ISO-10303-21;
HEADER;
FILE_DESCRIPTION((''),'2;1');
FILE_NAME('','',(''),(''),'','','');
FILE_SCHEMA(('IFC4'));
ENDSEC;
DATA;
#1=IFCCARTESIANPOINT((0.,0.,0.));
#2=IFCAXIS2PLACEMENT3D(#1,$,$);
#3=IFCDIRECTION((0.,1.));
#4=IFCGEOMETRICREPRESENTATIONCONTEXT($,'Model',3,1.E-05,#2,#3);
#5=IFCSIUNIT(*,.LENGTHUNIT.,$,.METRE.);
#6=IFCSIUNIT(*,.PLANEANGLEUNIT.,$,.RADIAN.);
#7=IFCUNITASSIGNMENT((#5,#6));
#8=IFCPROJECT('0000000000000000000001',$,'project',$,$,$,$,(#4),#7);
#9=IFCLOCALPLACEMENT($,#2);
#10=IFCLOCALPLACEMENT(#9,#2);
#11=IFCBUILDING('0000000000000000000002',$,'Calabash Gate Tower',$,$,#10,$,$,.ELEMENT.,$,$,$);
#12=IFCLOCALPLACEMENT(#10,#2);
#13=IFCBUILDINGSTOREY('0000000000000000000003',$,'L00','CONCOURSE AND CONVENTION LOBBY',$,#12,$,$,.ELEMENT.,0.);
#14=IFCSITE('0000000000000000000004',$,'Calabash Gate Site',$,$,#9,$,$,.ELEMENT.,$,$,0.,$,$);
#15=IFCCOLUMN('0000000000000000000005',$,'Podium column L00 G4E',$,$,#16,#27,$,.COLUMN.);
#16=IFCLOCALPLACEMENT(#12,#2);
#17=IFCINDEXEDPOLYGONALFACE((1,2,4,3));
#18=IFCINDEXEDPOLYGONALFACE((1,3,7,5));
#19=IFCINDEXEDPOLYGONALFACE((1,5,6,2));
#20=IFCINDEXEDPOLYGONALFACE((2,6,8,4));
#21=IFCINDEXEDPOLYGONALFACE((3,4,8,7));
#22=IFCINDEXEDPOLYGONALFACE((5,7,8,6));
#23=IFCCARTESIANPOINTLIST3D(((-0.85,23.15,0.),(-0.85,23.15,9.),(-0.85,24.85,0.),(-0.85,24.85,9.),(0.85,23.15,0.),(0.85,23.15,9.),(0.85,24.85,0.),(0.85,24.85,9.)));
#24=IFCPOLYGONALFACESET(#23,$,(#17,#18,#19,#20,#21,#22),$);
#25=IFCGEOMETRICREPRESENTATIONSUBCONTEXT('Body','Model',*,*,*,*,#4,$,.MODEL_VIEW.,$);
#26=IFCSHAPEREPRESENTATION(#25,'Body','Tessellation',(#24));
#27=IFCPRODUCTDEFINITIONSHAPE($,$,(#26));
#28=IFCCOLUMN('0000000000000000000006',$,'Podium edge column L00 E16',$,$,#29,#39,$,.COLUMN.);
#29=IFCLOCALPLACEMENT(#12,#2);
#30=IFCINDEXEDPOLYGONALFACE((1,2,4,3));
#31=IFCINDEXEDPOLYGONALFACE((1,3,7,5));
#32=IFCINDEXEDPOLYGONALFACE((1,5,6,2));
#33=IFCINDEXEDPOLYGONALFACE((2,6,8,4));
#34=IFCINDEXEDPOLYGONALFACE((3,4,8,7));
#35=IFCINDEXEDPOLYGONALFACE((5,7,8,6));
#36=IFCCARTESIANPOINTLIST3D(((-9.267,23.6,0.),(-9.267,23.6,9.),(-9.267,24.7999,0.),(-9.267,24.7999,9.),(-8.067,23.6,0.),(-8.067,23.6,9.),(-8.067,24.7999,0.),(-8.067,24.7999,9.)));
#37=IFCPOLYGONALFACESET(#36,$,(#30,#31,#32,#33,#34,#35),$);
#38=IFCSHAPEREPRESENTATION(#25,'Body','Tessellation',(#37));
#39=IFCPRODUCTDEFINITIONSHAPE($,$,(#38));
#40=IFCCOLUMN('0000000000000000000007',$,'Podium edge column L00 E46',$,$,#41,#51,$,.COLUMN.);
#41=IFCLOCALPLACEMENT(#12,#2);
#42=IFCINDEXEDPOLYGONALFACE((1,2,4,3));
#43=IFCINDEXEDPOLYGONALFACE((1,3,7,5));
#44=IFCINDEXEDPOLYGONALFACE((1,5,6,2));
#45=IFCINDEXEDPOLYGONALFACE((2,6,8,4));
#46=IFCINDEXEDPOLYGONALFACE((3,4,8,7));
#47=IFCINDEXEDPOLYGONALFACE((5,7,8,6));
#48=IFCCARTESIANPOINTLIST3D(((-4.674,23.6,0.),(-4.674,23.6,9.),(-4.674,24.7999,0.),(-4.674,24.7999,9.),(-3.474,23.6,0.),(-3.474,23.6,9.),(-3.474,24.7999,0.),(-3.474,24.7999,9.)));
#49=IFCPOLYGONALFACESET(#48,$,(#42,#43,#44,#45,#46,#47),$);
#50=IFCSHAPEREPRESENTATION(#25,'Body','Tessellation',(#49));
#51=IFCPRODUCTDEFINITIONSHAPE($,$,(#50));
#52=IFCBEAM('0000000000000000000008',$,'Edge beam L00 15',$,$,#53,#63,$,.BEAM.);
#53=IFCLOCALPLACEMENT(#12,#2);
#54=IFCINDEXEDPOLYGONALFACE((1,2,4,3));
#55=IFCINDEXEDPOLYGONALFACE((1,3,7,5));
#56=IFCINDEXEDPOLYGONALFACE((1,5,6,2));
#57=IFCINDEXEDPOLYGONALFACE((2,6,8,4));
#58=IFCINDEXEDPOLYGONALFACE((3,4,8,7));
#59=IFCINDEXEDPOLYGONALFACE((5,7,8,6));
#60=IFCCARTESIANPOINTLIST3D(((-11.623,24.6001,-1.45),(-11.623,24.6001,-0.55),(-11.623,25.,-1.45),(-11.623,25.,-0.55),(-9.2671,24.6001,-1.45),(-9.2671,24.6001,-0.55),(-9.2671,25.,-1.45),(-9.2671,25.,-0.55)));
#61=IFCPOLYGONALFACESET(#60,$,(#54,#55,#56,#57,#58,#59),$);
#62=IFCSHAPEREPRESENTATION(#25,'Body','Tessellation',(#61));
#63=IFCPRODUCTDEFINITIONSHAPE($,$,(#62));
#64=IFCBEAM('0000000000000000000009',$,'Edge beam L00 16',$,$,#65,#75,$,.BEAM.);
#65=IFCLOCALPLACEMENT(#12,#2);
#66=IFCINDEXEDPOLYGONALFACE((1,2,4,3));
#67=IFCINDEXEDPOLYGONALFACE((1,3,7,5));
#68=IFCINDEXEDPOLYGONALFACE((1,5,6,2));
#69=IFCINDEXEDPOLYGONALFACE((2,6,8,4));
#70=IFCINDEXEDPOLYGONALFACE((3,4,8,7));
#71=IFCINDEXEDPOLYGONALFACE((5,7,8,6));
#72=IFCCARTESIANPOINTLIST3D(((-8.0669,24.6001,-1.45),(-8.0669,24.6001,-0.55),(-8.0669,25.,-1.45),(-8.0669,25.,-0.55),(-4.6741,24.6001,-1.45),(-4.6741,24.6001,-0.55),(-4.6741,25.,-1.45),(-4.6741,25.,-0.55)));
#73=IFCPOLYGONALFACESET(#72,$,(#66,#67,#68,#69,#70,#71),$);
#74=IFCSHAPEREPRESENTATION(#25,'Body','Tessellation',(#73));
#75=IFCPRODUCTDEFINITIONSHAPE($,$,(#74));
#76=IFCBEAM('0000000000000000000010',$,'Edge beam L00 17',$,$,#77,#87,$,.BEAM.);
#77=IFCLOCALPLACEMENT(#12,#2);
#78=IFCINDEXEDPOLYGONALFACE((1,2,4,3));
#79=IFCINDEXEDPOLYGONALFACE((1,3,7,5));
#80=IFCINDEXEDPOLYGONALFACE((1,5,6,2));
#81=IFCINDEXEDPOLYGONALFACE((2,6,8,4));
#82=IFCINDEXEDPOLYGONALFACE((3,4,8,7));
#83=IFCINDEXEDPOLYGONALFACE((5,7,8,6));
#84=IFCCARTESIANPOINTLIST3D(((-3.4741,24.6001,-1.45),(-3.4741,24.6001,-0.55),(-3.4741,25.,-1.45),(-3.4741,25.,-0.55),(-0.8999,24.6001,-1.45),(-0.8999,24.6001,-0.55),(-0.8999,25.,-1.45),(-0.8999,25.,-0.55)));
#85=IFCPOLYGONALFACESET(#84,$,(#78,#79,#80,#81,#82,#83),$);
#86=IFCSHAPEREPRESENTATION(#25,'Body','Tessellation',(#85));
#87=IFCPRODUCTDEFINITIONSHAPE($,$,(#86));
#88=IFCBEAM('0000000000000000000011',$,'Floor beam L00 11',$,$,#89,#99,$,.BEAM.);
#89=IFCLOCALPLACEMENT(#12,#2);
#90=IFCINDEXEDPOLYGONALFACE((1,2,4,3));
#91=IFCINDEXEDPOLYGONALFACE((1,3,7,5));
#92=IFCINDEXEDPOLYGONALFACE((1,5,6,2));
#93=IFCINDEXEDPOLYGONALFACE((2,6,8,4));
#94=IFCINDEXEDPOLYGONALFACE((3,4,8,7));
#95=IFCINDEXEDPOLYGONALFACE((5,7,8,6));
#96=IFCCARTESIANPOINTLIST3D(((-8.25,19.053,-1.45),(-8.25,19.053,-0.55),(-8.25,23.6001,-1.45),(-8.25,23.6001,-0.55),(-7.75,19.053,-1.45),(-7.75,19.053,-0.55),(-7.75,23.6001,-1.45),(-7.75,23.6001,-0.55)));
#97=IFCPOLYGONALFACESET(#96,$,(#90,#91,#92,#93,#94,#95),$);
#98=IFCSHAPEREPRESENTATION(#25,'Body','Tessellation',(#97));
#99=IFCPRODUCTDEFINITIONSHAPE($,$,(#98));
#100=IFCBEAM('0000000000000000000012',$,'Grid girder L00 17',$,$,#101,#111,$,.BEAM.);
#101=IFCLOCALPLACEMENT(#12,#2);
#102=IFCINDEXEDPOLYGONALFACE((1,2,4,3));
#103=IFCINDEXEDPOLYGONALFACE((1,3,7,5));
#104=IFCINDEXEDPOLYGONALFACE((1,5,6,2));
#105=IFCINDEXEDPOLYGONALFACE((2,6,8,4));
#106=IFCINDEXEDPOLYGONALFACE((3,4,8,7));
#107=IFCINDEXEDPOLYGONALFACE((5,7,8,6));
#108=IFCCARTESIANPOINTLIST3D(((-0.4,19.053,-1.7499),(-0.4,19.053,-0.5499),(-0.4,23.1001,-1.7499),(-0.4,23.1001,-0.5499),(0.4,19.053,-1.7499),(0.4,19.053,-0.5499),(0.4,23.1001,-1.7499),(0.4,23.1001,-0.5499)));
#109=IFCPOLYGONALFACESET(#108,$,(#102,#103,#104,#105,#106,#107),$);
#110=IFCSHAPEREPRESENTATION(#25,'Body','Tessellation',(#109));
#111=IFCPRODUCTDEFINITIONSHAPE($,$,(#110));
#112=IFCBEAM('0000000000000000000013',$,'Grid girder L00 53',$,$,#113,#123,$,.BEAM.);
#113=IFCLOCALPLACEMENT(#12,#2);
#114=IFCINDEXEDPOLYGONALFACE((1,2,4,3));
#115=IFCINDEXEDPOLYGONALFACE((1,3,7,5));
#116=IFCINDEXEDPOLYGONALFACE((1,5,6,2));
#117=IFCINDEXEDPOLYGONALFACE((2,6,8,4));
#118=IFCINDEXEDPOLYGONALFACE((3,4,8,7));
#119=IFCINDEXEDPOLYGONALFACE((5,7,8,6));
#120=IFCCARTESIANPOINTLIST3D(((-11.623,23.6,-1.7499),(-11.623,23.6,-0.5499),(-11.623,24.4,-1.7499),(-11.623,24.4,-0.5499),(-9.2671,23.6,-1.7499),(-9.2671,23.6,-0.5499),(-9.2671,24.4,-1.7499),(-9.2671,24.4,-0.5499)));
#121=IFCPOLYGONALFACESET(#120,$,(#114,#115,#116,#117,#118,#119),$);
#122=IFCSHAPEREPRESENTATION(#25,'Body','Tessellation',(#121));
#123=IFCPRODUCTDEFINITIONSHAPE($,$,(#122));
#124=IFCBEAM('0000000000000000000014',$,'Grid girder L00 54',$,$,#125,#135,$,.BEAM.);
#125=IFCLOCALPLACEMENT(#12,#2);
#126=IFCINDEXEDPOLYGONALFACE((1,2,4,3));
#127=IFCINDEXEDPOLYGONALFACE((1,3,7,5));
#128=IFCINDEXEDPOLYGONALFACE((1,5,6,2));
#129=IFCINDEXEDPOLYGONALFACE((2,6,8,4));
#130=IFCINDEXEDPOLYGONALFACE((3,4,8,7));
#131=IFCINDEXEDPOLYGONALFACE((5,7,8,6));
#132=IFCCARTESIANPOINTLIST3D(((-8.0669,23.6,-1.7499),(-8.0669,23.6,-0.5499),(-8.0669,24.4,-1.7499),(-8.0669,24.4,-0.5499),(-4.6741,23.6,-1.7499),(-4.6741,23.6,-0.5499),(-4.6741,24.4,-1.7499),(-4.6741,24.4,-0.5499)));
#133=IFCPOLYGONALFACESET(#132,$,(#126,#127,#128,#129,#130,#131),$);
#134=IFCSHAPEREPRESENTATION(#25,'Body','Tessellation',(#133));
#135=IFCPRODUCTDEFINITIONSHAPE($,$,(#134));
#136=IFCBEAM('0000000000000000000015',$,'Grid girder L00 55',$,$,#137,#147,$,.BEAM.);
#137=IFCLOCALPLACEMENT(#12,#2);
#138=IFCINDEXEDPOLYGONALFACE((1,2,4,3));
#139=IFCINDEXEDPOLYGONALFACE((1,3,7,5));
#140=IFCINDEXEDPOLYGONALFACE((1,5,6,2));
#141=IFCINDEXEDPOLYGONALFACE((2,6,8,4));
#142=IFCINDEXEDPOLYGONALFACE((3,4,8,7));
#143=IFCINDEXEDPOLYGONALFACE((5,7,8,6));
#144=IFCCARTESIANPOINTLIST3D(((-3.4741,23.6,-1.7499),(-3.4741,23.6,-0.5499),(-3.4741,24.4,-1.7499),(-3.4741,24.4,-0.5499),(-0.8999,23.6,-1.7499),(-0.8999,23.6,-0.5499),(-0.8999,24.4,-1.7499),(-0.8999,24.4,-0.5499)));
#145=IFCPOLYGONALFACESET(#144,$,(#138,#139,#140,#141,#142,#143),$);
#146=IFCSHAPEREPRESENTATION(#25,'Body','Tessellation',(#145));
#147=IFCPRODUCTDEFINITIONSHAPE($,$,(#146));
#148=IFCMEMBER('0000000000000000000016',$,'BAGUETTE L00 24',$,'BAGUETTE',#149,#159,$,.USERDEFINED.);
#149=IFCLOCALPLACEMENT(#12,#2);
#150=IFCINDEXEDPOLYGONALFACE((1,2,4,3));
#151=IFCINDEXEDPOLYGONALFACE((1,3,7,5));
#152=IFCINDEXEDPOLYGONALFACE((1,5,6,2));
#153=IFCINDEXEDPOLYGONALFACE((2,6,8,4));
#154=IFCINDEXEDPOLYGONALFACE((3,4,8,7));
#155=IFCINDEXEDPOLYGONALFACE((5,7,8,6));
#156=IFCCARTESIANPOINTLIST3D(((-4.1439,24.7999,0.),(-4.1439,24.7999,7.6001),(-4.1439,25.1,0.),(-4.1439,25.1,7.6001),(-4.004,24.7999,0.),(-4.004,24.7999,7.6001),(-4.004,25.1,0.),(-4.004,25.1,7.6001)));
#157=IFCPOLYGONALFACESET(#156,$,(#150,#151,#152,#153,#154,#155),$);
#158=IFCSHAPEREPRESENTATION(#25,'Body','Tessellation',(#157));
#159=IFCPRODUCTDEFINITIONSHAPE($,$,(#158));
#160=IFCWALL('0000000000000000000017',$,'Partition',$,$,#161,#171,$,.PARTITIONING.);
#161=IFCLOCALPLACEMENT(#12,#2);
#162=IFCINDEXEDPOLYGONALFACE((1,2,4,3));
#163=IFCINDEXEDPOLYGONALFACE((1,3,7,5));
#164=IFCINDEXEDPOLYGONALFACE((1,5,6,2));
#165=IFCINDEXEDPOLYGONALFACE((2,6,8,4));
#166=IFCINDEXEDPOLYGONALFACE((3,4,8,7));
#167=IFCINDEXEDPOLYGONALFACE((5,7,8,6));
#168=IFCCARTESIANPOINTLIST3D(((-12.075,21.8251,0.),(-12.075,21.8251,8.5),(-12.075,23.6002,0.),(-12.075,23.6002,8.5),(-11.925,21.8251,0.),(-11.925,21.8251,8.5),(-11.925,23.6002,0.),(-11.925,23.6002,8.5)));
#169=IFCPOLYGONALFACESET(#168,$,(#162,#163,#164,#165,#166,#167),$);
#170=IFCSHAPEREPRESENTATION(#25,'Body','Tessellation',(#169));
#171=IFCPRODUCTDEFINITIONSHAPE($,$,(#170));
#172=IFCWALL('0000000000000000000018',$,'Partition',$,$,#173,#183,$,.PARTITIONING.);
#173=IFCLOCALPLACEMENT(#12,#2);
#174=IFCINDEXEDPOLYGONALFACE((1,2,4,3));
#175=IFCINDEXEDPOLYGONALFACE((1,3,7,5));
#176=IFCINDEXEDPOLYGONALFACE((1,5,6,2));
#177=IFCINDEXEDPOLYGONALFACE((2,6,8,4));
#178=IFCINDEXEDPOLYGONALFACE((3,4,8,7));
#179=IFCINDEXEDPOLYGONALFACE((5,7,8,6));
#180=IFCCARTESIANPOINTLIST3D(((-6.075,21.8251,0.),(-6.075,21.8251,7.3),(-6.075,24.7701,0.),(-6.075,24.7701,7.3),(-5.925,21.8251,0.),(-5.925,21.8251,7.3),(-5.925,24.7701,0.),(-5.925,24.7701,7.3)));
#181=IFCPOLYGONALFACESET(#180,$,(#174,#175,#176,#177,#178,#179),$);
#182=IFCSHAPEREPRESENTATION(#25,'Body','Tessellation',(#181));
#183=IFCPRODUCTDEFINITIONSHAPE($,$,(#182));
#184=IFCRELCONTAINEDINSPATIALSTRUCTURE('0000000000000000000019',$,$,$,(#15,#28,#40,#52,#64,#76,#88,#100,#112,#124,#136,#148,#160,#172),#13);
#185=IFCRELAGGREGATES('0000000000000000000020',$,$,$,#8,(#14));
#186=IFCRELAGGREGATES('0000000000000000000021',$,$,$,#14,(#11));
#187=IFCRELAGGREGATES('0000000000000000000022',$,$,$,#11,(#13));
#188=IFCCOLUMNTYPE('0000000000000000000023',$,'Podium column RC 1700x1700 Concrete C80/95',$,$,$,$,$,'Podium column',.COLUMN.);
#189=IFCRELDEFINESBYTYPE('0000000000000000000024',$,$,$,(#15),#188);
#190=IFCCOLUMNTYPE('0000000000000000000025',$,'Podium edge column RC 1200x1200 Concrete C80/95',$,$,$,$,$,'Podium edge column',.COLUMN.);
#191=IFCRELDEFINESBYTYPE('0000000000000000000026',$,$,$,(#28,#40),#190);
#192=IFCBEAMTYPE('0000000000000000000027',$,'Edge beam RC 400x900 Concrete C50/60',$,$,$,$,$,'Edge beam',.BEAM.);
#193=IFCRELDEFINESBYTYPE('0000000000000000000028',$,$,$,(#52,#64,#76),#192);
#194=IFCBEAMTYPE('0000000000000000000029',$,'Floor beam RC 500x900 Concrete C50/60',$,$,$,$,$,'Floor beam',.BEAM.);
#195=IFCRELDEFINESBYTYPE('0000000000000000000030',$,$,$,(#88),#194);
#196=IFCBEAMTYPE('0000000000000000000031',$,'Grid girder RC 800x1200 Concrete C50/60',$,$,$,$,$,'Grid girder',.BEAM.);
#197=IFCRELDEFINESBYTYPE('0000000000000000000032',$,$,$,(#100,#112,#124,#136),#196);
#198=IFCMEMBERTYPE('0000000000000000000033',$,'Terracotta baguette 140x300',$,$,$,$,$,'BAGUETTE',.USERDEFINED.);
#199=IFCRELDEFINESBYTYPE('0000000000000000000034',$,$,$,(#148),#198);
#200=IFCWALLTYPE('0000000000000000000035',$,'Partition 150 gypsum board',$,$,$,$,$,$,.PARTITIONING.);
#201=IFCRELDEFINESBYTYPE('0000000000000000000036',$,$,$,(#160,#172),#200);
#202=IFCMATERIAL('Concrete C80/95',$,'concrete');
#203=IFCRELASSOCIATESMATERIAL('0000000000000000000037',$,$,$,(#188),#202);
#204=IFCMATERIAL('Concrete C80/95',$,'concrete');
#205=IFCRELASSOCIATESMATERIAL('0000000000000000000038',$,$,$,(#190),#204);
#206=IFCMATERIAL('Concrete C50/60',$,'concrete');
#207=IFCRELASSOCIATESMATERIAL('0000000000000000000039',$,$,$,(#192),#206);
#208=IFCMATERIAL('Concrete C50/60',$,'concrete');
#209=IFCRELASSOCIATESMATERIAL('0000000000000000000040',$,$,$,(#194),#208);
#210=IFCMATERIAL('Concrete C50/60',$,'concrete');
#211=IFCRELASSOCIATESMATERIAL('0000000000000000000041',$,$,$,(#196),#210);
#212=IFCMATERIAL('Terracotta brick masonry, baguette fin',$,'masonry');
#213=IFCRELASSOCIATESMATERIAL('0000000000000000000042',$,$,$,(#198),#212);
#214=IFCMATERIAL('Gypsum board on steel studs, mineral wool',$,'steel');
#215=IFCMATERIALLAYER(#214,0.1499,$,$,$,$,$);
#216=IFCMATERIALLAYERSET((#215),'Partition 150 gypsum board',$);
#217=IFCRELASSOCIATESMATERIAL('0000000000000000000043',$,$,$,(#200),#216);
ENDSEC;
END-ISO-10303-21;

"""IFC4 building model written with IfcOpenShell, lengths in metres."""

from ifc_helpers import new_model, si_unit, direction, frame, frame_2d, origin, origin_2d, place, context, subcontext, project, spatial, rectangle, extrude, material, layer, layer_set, material_profile, profile_set, type_object, element, save


model = new_model("IFC4")

# Units and contexts
model_context = context("Model", 3, precision=1e-05, world=origin(), true_north=direction((0.0, 1.0)))
body_context = subcontext(model_context, "Body", "Model", "MODEL_VIEW")
ifc_project = project(units=[si_unit("LENGTHUNIT", "METRE"), si_unit("PLANEANGLEUNIT", "RADIAN")], contexts=[model_context])

# Site, building, storey
site_placement = place(None, origin())
site = spatial("IfcSite", under=ifc_project, at=site_placement, Name="Calabash Gate Site", CompositionType="ELEMENT", RefElevation=0.0)
building_placement = place(site_placement, origin())
building = spatial("IfcBuilding", under=site, at=building_placement, Name="Calabash Gate Tower", CompositionType="ELEMENT")
storey_placement = place(building_placement, origin())
storey = spatial("IfcBuildingStorey", under=building, at=storey_placement, Name="L00", Description="CONCOURSE AND CONVENTION LOBBY", CompositionType="ELEMENT", Elevation=0.0)

# Columns
ifc_material_1 = material(Name="Concrete C80/95", Category="concrete")
ifc_material_profile_1 = material_profile(ifc_material_1, rectangle(XDim=1.7, YDim=1.7, at=origin_2d()))
ifc_profile_set_1 = profile_set([ifc_material_profile_1], Name="Concrete C80/95")
column_type_1 = type_object("IfcColumnType", Name="Podium column RC 1700x1700 Concrete C80/95", ElementType="Podium column", PredefinedType="COLUMN", material=ifc_profile_set_1)
column_placement = place(storey_placement, frame((0.0, 24.0, 0.0), z_axis=(0.0, 0.0, 1.0), x_axis=(1.0, 0.0, 0.0)))
element("IfcColumn", 1, at=column_placement, inside=storey, type_object=column_type_1, Name="Podium column L00 G4E", PredefinedType="COLUMN", context=body_context, shape_type="SweptSolid", body=[
    extrude(rectangle(XDim=1.7, YDim=1.7, at=origin_2d()), origin(), (0.0, 0.0, 1.0), 9.0),
])
ifc_material_2 = material(Name="Concrete C80/95", Category="concrete")
ifc_material_profile_2 = material_profile(ifc_material_2, rectangle(XDim=1.2, YDim=1.2, at=origin_2d()))
ifc_profile_set_2 = profile_set([ifc_material_profile_2], Name="Concrete C80/95")
column_type_2 = type_object("IfcColumnType", Name="Podium edge column RC 1200x1200 Concrete C80/95", ElementType="Podium edge column", PredefinedType="COLUMN", material=ifc_profile_set_2)
for number, where, z_axis, x_axis, name in (
    (2, (-8.667, 24.2, 0.0), (0.0, 0.0, 1.0), (1.0, 0.0, 0.0), "Podium edge column L00 E16"),
    (3, (-4.074, 24.2, 0.0), (0.0, 0.0, 1.0), (1.0, 0.0, 0.0), "Podium edge column L00 E46"),
):
    element("IfcColumn", number, at=place(storey_placement, frame(where, z_axis=z_axis, x_axis=x_axis)), inside=storey, type_object=column_type_2, Name=name, PredefinedType="COLUMN", context=body_context, shape_type="SweptSolid", body=[
        extrude(rectangle(XDim=1.2, YDim=1.2, at=origin_2d()), origin(), (0.0, 0.0, 1.0), 9.0),
    ])

# Beams
ifc_material_3 = material(Name="Concrete C50/60", Category="concrete")
ifc_material_profile_3 = material_profile(ifc_material_3, rectangle(XDim=0.3999, YDim=0.8999, at=origin_2d()))
ifc_profile_set_3 = profile_set([ifc_material_profile_3], Name="Concrete C50/60")
beam_type_1 = type_object("IfcBeamType", Name="Edge beam RC 400x900 Concrete C50/60", ElementType="Edge beam", PredefinedType="BEAM", material=ifc_profile_set_3)
beam_1_placement = place(storey_placement, frame((-11.623, 24.8, -1.0), z_axis=(1.0, 0.0, 0.0), x_axis=(0.0, 1.0, 0.0)))
element("IfcBeam", 4, at=beam_1_placement, inside=storey, type_object=beam_type_1, Name="Edge beam L00 15", PredefinedType="BEAM", context=body_context, shape_type="SweptSolid", body=[
    extrude(rectangle(XDim=0.3999, YDim=0.8999, at=origin_2d()), origin(), (0.0, 0.0, 1.0), 2.356),
])
beam_2_placement = place(storey_placement, frame((-8.0669, 24.8, -1.0), z_axis=(1.0, 0.0, 0.0), x_axis=(0.0, 1.0, 0.0)))
element("IfcBeam", 5, at=beam_2_placement, inside=storey, type_object=beam_type_1, Name="Edge beam L00 16", PredefinedType="BEAM", context=body_context, shape_type="SweptSolid", body=[
    extrude(rectangle(XDim=0.3999, YDim=0.8999, at=origin_2d()), origin(), (0.0, 0.0, 1.0), 3.3928),
])
beam_3_placement = place(storey_placement, frame((-3.4741, 24.8, -1.0), z_axis=(1.0, 0.0, 0.0), x_axis=(0.0, 1.0, 0.0)))
element("IfcBeam", 6, at=beam_3_placement, inside=storey, type_object=beam_type_1, Name="Edge beam L00 17", PredefinedType="BEAM", context=body_context, shape_type="SweptSolid", body=[
    extrude(rectangle(XDim=0.3999, YDim=0.8999, at=origin_2d()), origin(), (0.0, 0.0, 1.0), 2.5742),
])
ifc_material_4 = material(Name="Concrete C50/60", Category="concrete")
ifc_material_profile_4 = material_profile(ifc_material_4, rectangle(XDim=0.5, YDim=0.8999, at=origin_2d()))
ifc_profile_set_4 = profile_set([ifc_material_profile_4], Name="Concrete C50/60")
beam_type_2 = type_object("IfcBeamType", Name="Floor beam RC 500x900 Concrete C50/60", ElementType="Floor beam", PredefinedType="BEAM", material=ifc_profile_set_4)
beam_4_placement = place(storey_placement, frame((-8.0, 19.053, -1.0), z_axis=(0.0, 1.0, 0.0), x_axis=(-1.0, 0.0, 0.0)))
element("IfcBeam", 7, at=beam_4_placement, inside=storey, type_object=beam_type_2, Name="Floor beam L00 11", PredefinedType="BEAM", context=body_context, shape_type="SweptSolid", body=[
    extrude(rectangle(XDim=0.5, YDim=0.8999, at=origin_2d()), origin(), (0.0, 0.0, 1.0), 4.5471),
])
ifc_material_5 = material(Name="Concrete C50/60", Category="concrete")
ifc_material_profile_5 = material_profile(ifc_material_5, rectangle(XDim=0.8, YDim=1.2, at=origin_2d()))
ifc_profile_set_5 = profile_set([ifc_material_profile_5], Name="Concrete C50/60")
beam_type_3 = type_object("IfcBeamType", Name="Grid girder RC 800x1200 Concrete C50/60", ElementType="Grid girder", PredefinedType="BEAM", material=ifc_profile_set_5)
beam_5_placement = place(storey_placement, frame((0.0, 19.053, -1.1499), z_axis=(0.0, 1.0, 0.0), x_axis=(-1.0, 0.0, 0.0)))
element("IfcBeam", 8, at=beam_5_placement, inside=storey, type_object=beam_type_3, Name="Grid girder L00 17", PredefinedType="BEAM", context=body_context, shape_type="SweptSolid", body=[
    extrude(rectangle(XDim=0.8, YDim=1.2, at=origin_2d()), origin(), (0.0, 0.0, 1.0), 4.0471),
])
beam_6_placement = place(storey_placement, frame((-11.623, 24.0, -1.1499), z_axis=(1.0, 0.0, 0.0), x_axis=(0.0, 1.0, 0.0)))
element("IfcBeam", 9, at=beam_6_placement, inside=storey, type_object=beam_type_3, Name="Grid girder L00 53", PredefinedType="BEAM", context=body_context, shape_type="SweptSolid", body=[
    extrude(rectangle(XDim=0.8, YDim=1.2, at=origin_2d()), origin(), (0.0, 0.0, 1.0), 2.356),
])
beam_7_placement = place(storey_placement, frame((-8.0669, 24.0, -1.1499), z_axis=(1.0, 0.0, 0.0), x_axis=(0.0, 1.0, 0.0)))
element("IfcBeam", 10, at=beam_7_placement, inside=storey, type_object=beam_type_3, Name="Grid girder L00 54", PredefinedType="BEAM", context=body_context, shape_type="SweptSolid", body=[
    extrude(rectangle(XDim=0.8, YDim=1.2, at=origin_2d()), origin(), (0.0, 0.0, 1.0), 3.3928),
])
beam_8_placement = place(storey_placement, frame((-3.4741, 24.0, -1.1499), z_axis=(1.0, 0.0, 0.0), x_axis=(0.0, 1.0, 0.0)))
element("IfcBeam", 11, at=beam_8_placement, inside=storey, type_object=beam_type_3, Name="Grid girder L00 55", PredefinedType="BEAM", context=body_context, shape_type="SweptSolid", body=[
    extrude(rectangle(XDim=0.8, YDim=1.2, at=origin_2d()), origin(), (0.0, 0.0, 1.0), 2.5742),
])

# Member
ifc_material_6 = material(Name="Terracotta brick masonry, baguette fin", Category="masonry")
ifc_material_profile_6 = material_profile(ifc_material_6, rectangle(XDim=0.1399, YDim=0.3, at=origin_2d()))
ifc_profile_set_6 = profile_set([ifc_material_profile_6], Name="Terracotta brick masonry, baguette fin")
member_type = type_object("IfcMemberType", Name="Terracotta baguette 140x300", ElementType="BAGUETTE", PredefinedType="USERDEFINED", material=ifc_profile_set_6)
member_placement = place(storey_placement, frame((-4.074, 24.95, 0.0), z_axis=(0.0, 0.0, 1.0), x_axis=(-1.0, 0.0, 0.0)))
element("IfcMember", 12, at=member_placement, inside=storey, type_object=member_type, Name="BAGUETTE L00 24", ObjectType="BAGUETTE", PredefinedType="USERDEFINED", context=body_context, shape_type="SweptSolid", body=[
    extrude(rectangle(XDim=0.1399, YDim=0.3, at=origin_2d()), origin(), (0.0, 0.0, 1.0), 7.6001),
])

# Walls
ifc_material_7 = material(Name="Gypsum board on steel studs, mineral wool", Category="steel")
ifc_layer = layer(ifc_material_7, 0.1499)
ifc_layer_set = layer_set([ifc_layer], Name="Partition 150 gypsum board")
wall_type = type_object("IfcWallType", Name="Partition 150 gypsum board", PredefinedType="PARTITIONING", material=ifc_layer_set)
wall_1_placement = place(storey_placement, frame((-12.0, 21.825, 0.0), z_axis=(0.0, 0.0, 1.0), x_axis=(0.0, 1.0, 0.0)))
element("IfcWall", 13, at=wall_1_placement, inside=storey, type_object=wall_type, Name="Partition", PredefinedType="PARTITIONING", context=body_context, shape_type="SweptSolid", body=[
    extrude(rectangle(XDim=1.7751, YDim=0.1499, at=frame_2d((0.8877, 0.0))), origin(), (0.0, 0.0, 1.0), 8.5),
])
wall_2_placement = place(storey_placement, frame((-6.0, 21.825, 0.0), z_axis=(0.0, 0.0, 1.0), x_axis=(0.0, 1.0, 0.0)))
element("IfcWall", 14, at=wall_2_placement, inside=storey, type_object=wall_type, Name="Partition", PredefinedType="PARTITIONING", context=body_context, shape_type="SweptSolid", body=[
    extrude(rectangle(XDim=2.9451, YDim=0.1499, at=frame_2d((1.4727, 0.0))), origin(), (0.0, 0.0, 1.0), 7.3),
])

save(model, "model.ifc")
